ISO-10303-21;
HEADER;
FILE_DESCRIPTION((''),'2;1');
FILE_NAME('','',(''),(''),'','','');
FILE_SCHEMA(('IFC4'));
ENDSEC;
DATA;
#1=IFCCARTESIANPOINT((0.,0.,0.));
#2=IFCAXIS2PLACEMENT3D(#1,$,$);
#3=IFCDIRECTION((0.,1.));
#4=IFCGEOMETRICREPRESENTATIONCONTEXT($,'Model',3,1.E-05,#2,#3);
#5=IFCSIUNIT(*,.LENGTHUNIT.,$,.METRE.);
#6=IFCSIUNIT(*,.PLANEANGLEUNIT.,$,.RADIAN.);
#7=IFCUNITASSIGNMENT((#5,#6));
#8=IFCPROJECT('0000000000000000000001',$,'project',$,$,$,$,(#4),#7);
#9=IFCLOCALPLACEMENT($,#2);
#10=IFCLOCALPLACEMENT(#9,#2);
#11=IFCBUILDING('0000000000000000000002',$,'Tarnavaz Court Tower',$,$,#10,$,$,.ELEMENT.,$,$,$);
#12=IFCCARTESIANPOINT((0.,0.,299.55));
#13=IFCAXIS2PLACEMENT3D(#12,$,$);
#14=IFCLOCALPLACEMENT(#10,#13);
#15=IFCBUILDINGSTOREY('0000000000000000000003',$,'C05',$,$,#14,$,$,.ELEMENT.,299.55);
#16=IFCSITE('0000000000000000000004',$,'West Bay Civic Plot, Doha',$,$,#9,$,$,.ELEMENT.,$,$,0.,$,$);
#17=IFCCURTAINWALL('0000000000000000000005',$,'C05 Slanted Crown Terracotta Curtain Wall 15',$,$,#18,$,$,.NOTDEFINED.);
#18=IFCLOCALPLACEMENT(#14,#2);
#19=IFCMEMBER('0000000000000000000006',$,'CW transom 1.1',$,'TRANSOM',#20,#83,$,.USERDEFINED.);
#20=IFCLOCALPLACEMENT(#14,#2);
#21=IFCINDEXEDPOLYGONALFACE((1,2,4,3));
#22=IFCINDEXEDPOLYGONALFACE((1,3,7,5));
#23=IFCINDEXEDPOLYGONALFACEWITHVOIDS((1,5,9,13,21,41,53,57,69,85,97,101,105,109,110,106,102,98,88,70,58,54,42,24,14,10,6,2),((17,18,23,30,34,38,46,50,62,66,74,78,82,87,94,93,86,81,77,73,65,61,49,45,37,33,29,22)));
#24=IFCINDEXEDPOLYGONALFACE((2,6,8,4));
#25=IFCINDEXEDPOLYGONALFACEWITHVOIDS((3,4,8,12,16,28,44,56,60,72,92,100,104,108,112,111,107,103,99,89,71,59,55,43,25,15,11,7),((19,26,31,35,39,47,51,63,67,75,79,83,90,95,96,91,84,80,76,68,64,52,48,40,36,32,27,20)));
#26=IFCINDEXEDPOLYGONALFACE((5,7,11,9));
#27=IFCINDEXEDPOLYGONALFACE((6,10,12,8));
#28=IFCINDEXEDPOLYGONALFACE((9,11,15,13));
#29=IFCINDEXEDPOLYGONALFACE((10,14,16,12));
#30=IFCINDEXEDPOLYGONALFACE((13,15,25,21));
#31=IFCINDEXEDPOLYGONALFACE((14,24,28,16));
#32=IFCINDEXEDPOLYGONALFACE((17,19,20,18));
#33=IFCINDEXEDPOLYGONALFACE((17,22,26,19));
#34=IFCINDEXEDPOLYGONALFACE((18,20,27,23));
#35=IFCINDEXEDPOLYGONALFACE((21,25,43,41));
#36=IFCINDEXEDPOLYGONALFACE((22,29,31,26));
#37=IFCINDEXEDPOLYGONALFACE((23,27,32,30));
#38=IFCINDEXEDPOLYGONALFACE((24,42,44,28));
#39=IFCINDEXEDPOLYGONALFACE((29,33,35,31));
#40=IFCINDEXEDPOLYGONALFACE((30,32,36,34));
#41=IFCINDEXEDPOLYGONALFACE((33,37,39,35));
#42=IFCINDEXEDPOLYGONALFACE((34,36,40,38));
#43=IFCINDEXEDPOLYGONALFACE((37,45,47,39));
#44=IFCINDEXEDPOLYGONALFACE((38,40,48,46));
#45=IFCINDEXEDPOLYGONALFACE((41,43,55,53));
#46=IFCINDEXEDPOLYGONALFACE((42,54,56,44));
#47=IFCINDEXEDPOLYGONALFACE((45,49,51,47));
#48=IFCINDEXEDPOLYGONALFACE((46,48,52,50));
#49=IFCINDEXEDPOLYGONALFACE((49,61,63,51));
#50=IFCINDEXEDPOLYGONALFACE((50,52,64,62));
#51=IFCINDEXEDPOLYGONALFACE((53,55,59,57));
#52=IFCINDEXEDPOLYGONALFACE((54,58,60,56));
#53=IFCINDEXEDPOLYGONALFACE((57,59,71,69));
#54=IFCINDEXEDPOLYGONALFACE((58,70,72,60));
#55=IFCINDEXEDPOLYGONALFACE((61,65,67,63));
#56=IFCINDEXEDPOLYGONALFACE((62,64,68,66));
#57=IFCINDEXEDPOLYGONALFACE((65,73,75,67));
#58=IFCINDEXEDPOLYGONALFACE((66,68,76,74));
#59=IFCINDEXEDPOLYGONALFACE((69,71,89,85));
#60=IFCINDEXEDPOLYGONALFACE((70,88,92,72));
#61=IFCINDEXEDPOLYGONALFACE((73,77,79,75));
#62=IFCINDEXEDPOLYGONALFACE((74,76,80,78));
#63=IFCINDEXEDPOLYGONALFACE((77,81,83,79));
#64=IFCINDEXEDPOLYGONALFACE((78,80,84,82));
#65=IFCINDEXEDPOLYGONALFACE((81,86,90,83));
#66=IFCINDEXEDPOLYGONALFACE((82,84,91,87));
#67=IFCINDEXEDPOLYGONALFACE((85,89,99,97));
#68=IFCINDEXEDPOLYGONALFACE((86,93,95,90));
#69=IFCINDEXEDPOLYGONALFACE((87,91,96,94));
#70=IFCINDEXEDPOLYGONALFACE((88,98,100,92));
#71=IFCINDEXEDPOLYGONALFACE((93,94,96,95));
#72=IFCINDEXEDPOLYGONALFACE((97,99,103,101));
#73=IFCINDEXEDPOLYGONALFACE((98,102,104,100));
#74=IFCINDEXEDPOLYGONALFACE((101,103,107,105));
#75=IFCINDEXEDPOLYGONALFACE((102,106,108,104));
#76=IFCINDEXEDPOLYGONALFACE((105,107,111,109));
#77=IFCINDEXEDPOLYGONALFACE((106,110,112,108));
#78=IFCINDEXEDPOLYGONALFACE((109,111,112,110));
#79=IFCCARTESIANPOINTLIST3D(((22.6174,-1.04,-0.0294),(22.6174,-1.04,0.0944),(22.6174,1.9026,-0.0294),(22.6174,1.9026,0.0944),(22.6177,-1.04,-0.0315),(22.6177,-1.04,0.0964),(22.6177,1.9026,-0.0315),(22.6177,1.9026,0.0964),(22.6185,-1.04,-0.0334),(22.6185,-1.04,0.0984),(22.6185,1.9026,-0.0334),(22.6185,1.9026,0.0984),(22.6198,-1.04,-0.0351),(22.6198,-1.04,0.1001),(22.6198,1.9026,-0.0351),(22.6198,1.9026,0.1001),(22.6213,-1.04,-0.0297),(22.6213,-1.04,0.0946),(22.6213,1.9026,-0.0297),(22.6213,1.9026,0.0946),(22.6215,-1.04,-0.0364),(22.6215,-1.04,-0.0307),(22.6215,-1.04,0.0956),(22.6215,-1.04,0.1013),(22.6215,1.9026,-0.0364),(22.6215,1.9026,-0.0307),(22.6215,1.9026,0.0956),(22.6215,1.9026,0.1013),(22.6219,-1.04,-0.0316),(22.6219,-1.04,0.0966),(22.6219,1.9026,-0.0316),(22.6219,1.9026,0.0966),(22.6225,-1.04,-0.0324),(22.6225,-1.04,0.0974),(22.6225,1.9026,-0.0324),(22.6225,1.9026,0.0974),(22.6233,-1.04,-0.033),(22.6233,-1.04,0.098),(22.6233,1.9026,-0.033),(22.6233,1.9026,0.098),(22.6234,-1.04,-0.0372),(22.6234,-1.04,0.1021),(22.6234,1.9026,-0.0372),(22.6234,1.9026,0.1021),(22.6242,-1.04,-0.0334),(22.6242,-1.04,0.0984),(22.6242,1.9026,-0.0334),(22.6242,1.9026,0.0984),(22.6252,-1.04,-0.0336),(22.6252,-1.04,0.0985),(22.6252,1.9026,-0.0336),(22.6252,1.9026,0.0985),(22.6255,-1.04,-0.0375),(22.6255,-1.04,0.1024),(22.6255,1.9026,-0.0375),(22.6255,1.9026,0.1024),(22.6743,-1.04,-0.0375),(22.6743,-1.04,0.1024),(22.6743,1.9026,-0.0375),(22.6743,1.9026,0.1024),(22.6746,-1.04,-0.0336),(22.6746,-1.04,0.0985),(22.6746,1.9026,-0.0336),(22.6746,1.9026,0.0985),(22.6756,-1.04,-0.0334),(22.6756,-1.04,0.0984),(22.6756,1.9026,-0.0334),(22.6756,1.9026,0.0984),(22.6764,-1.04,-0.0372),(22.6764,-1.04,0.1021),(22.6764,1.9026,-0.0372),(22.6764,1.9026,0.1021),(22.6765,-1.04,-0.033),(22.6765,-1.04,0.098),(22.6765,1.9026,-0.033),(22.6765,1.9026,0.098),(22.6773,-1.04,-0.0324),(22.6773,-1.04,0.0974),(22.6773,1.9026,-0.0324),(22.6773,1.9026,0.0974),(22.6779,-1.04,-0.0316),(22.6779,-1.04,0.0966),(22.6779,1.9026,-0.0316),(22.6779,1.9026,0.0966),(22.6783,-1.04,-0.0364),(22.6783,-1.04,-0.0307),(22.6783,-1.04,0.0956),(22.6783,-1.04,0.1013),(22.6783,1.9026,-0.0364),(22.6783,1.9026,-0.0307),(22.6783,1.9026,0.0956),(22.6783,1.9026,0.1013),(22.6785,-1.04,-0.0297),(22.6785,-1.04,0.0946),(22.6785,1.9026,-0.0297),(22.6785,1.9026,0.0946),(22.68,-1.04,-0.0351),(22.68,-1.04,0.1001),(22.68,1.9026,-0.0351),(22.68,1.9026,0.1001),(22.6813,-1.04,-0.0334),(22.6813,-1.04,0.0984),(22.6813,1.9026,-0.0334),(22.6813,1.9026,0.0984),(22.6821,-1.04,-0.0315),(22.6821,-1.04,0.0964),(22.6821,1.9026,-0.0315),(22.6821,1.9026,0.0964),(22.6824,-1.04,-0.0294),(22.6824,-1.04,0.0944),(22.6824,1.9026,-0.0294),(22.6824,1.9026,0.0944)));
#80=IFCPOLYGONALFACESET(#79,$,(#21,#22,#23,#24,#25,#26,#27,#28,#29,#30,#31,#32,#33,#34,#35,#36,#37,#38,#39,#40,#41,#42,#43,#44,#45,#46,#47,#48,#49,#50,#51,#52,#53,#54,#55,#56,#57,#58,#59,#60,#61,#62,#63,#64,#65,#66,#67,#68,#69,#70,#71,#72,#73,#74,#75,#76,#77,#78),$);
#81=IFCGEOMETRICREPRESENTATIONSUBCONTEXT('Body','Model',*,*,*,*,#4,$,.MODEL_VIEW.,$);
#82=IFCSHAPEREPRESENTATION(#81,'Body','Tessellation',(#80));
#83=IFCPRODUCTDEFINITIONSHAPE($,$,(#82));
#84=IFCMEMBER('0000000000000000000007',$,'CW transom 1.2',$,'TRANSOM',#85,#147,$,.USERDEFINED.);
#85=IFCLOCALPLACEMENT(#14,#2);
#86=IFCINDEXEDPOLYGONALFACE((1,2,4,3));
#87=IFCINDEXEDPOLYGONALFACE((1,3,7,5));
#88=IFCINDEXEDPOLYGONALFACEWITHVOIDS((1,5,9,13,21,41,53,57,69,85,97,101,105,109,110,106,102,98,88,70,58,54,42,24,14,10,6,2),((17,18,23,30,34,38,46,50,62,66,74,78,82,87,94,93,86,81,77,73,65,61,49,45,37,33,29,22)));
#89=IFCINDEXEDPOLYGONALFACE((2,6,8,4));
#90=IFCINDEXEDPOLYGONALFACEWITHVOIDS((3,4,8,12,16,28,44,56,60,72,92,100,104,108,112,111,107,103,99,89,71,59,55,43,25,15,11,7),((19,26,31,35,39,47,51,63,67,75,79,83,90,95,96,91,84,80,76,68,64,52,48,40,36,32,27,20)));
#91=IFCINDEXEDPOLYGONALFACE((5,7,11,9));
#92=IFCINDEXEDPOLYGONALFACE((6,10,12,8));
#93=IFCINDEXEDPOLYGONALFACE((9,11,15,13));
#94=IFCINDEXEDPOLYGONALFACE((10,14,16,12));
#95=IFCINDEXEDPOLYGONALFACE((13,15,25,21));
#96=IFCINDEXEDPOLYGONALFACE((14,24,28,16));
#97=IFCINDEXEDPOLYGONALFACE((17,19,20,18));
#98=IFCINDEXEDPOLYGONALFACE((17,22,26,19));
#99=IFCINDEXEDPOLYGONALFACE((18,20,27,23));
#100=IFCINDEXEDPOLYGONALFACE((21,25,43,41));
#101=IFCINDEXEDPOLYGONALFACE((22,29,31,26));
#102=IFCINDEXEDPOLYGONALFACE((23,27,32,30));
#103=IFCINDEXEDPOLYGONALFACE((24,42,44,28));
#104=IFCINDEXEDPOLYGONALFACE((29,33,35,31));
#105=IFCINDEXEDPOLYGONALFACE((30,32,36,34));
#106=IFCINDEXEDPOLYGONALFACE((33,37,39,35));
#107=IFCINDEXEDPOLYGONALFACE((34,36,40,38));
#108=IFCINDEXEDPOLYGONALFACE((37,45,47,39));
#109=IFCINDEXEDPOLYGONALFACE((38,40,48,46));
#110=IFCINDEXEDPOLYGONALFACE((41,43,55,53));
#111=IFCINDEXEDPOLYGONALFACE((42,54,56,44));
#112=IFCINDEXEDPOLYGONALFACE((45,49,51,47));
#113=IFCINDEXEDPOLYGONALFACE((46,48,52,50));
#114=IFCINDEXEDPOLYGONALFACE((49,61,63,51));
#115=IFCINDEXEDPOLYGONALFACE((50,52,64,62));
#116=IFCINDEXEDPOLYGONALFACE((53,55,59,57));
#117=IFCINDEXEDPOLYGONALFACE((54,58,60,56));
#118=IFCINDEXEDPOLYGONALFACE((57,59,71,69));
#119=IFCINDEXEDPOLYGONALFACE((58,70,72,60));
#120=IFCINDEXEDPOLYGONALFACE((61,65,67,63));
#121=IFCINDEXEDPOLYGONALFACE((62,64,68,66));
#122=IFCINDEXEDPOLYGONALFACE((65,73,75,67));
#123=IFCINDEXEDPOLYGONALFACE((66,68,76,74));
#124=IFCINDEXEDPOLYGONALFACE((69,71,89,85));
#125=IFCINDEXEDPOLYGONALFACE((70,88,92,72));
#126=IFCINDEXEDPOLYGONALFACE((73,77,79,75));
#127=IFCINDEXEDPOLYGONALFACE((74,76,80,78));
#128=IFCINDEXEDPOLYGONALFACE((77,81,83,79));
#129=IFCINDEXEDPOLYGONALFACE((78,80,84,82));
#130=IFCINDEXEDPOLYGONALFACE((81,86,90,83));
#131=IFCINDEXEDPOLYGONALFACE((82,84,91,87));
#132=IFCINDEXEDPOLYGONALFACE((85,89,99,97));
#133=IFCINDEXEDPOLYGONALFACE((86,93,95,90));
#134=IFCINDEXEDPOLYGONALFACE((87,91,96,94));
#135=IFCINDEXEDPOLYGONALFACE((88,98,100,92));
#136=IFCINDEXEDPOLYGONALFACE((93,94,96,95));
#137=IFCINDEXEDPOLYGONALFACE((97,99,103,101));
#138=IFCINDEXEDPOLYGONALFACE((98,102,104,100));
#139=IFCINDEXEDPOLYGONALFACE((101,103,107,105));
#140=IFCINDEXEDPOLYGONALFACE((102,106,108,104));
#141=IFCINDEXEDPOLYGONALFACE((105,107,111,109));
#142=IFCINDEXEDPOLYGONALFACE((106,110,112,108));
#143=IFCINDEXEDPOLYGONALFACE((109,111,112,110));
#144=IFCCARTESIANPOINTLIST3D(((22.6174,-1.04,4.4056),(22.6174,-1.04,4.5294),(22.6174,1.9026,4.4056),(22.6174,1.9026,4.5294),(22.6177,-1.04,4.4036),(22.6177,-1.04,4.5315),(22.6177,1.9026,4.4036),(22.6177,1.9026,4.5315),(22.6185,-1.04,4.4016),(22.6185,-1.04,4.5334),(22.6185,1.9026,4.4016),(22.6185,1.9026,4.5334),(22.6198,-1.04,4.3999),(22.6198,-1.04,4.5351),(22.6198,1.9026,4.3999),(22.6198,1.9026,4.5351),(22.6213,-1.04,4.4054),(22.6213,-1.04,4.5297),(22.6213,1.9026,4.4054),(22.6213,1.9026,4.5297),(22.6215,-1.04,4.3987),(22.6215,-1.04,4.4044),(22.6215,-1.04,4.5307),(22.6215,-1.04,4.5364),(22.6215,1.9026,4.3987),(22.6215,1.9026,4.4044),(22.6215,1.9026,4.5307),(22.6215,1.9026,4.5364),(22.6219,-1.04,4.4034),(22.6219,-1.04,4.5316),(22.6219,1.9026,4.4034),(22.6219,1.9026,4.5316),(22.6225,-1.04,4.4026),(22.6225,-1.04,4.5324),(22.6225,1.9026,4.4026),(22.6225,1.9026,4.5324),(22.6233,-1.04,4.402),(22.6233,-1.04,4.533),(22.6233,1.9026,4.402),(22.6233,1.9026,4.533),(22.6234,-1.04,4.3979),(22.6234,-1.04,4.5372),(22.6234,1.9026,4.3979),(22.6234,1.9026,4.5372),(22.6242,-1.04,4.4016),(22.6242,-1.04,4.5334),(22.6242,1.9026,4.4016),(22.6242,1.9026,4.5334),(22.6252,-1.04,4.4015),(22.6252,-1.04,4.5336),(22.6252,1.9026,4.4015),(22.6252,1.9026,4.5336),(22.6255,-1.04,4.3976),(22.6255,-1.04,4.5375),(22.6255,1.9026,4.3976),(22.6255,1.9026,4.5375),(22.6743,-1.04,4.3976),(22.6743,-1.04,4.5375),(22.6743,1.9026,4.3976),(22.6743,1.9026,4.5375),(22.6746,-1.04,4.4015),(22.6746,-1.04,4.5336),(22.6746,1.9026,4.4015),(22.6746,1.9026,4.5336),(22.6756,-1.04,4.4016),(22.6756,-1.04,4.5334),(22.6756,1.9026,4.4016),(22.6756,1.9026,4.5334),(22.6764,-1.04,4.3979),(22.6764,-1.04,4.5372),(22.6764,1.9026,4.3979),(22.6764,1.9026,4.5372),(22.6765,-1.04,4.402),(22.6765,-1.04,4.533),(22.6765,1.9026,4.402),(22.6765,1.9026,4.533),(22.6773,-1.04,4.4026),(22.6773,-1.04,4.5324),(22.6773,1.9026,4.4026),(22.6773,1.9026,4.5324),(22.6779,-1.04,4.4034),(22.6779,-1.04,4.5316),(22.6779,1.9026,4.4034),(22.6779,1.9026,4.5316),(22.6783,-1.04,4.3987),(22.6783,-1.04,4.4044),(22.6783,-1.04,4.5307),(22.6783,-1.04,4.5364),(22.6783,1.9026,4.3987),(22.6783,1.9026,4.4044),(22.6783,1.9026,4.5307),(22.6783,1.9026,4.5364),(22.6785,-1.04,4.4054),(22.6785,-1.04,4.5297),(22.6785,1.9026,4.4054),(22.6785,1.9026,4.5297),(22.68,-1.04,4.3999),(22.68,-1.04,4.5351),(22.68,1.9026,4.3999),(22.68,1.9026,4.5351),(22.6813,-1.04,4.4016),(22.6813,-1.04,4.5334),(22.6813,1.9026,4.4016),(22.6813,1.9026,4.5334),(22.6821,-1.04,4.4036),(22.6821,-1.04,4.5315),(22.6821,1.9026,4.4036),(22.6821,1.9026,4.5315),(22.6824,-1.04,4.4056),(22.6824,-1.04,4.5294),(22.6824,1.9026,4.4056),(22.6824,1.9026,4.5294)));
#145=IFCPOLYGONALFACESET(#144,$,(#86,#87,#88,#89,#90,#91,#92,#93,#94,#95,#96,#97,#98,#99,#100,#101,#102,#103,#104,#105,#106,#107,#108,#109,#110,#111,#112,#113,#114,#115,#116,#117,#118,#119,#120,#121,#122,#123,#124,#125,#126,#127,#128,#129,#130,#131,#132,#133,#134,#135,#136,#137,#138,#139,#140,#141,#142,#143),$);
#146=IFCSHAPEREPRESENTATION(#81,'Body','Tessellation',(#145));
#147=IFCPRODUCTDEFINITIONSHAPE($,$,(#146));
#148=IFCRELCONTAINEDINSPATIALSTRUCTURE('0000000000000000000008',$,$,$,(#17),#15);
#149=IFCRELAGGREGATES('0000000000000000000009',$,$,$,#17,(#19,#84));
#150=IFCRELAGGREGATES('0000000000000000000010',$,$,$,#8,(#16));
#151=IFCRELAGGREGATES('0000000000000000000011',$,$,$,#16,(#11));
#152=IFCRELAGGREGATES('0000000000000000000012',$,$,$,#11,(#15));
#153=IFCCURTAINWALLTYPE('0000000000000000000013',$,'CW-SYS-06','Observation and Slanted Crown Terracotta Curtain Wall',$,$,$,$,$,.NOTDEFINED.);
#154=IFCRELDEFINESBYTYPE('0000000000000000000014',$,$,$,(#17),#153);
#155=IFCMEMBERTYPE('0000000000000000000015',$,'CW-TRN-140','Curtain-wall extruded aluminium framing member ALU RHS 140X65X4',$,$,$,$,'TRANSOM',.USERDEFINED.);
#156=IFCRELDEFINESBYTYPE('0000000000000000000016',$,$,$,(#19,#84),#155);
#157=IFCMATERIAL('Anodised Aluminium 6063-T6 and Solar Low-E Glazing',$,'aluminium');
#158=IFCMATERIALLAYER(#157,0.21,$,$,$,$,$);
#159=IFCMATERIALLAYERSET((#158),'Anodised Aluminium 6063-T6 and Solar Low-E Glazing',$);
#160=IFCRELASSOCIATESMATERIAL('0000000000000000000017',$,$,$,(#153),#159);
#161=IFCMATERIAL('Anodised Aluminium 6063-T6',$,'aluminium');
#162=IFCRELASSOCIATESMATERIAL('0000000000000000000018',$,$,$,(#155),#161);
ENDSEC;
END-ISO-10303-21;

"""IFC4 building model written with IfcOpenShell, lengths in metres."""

from ifc_helpers import new_model, si_unit, direction, frame, origin, origin_2d, place, context, subcontext, project, spatial, hollow_rectangle, extrude, material, layer, layer_set, material_profile, profile_set, type_object, element, aggregate, save


model = new_model("IFC4")

# Units and contexts
model_context = context("Model", 3, precision=1e-05, world=origin(), true_north=direction((0.0, 1.0)))
body_context = subcontext(model_context, "Body", "Model", "MODEL_VIEW")
ifc_project = project(units=[si_unit("LENGTHUNIT", "METRE"), si_unit("PLANEANGLEUNIT", "RADIAN")], contexts=[model_context])

# Site, building, storey
site_placement = place(None, origin())
site = spatial("IfcSite", under=ifc_project, at=site_placement, Name="West Bay Civic Plot, Doha", CompositionType="ELEMENT", RefElevation=0.0)
building_placement = place(site_placement, origin())
building = spatial("IfcBuilding", under=site, at=building_placement, Name="Tarnavaz Court Tower", CompositionType="ELEMENT")
storey_placement = place(building_placement, frame((0.0, 0.0, 299.55)))
storey = spatial("IfcBuildingStorey", under=building, at=storey_placement, Name="C05", CompositionType="ELEMENT", Elevation=299.55)

# Shared definitions
ifc_material_1 = material(Name="Anodised Aluminium 6063-T6 and Solar Low-E Glazing", Category="aluminium")
ifc_layer_1 = layer(ifc_material_1, 0.21)
ifc_layer_set_1 = layer_set([ifc_layer_1], Name="Anodised Aluminium 6063-T6 and Solar Low-E Glazing")
curtain_wall_type = type_object("IfcCurtainWallType", Name="CW-SYS-06", Description="Observation and Slanted Crown Terracotta Curtain Wall", PredefinedType="NOTDEFINED", material=ifc_layer_set_1)
ifc_material_2 = material(Name="Anodised Aluminium 6063-T6", Category="aluminium")

# Curtain wall
curtain_wall_1_placement = place(storey_placement, origin())
curtain_wall_1 = element("IfcCurtainWall", 1, at=curtain_wall_1_placement, inside=storey, type_object=curtain_wall_type, Name="C05 Slanted Crown Terracotta Curtain Wall 15", PredefinedType="NOTDEFINED")

# Members
ifc_material_profile_1 = material_profile(ifc_material_2, hollow_rectangle(XDim=0.0649, YDim=0.1399, WallThickness=0.0039, InnerFilletRadius=0.0039, OuterFilletRadius=0.0081, at=origin_2d()), Name="ALU RHS 140X65X4")
ifc_profile_set_1 = profile_set([ifc_material_profile_1], Name="Anodised Aluminium 6063-T6")
member_type_1 = type_object("IfcMemberType", Name="CW-TRN-140", Description="Curtain-wall extruded aluminium framing member ALU RHS 140X65X4", ElementType="TRANSOM", PredefinedType="USERDEFINED", material=ifc_profile_set_1)
member_1_placement = place(storey_placement, frame((22.6499, 1.9026, 0.0325), z_axis=(0.0, -1.0, 0.0), x_axis=(1.0, 0.0, 0.0)))
member_1 = element("IfcMember", 2, at=member_1_placement, type_object=member_type_1, Name="CW transom 1.1", ObjectType="TRANSOM", PredefinedType="USERDEFINED", context=body_context, shape_type="SweptSolid", body=[
    extrude(hollow_rectangle(XDim=0.0649, YDim=0.1399, WallThickness=0.0039, InnerFilletRadius=0.0039, OuterFilletRadius=0.0081, at=origin_2d()), origin(), (0.0, 0.0, 1.0), 2.9426),
])
member_2_placement = place(storey_placement, frame((22.6499, 1.9026, 4.4675), z_axis=(0.0, -1.0, 0.0), x_axis=(1.0, 0.0, 0.0)))
member_2 = element("IfcMember", 3, at=member_2_placement, type_object=member_type_1, Name="CW transom 1.2", ObjectType="TRANSOM", PredefinedType="USERDEFINED", context=body_context, shape_type="SweptSolid", body=[
    extrude(hollow_rectangle(XDim=0.0649, YDim=0.1399, WallThickness=0.0039, InnerFilletRadius=0.0039, OuterFilletRadius=0.0081, at=origin_2d()), origin(), (0.0, 0.0, 1.0), 2.9426),
])

aggregate(curtain_wall_1, [member_1, member_2])

save(model, "model.ifc")
